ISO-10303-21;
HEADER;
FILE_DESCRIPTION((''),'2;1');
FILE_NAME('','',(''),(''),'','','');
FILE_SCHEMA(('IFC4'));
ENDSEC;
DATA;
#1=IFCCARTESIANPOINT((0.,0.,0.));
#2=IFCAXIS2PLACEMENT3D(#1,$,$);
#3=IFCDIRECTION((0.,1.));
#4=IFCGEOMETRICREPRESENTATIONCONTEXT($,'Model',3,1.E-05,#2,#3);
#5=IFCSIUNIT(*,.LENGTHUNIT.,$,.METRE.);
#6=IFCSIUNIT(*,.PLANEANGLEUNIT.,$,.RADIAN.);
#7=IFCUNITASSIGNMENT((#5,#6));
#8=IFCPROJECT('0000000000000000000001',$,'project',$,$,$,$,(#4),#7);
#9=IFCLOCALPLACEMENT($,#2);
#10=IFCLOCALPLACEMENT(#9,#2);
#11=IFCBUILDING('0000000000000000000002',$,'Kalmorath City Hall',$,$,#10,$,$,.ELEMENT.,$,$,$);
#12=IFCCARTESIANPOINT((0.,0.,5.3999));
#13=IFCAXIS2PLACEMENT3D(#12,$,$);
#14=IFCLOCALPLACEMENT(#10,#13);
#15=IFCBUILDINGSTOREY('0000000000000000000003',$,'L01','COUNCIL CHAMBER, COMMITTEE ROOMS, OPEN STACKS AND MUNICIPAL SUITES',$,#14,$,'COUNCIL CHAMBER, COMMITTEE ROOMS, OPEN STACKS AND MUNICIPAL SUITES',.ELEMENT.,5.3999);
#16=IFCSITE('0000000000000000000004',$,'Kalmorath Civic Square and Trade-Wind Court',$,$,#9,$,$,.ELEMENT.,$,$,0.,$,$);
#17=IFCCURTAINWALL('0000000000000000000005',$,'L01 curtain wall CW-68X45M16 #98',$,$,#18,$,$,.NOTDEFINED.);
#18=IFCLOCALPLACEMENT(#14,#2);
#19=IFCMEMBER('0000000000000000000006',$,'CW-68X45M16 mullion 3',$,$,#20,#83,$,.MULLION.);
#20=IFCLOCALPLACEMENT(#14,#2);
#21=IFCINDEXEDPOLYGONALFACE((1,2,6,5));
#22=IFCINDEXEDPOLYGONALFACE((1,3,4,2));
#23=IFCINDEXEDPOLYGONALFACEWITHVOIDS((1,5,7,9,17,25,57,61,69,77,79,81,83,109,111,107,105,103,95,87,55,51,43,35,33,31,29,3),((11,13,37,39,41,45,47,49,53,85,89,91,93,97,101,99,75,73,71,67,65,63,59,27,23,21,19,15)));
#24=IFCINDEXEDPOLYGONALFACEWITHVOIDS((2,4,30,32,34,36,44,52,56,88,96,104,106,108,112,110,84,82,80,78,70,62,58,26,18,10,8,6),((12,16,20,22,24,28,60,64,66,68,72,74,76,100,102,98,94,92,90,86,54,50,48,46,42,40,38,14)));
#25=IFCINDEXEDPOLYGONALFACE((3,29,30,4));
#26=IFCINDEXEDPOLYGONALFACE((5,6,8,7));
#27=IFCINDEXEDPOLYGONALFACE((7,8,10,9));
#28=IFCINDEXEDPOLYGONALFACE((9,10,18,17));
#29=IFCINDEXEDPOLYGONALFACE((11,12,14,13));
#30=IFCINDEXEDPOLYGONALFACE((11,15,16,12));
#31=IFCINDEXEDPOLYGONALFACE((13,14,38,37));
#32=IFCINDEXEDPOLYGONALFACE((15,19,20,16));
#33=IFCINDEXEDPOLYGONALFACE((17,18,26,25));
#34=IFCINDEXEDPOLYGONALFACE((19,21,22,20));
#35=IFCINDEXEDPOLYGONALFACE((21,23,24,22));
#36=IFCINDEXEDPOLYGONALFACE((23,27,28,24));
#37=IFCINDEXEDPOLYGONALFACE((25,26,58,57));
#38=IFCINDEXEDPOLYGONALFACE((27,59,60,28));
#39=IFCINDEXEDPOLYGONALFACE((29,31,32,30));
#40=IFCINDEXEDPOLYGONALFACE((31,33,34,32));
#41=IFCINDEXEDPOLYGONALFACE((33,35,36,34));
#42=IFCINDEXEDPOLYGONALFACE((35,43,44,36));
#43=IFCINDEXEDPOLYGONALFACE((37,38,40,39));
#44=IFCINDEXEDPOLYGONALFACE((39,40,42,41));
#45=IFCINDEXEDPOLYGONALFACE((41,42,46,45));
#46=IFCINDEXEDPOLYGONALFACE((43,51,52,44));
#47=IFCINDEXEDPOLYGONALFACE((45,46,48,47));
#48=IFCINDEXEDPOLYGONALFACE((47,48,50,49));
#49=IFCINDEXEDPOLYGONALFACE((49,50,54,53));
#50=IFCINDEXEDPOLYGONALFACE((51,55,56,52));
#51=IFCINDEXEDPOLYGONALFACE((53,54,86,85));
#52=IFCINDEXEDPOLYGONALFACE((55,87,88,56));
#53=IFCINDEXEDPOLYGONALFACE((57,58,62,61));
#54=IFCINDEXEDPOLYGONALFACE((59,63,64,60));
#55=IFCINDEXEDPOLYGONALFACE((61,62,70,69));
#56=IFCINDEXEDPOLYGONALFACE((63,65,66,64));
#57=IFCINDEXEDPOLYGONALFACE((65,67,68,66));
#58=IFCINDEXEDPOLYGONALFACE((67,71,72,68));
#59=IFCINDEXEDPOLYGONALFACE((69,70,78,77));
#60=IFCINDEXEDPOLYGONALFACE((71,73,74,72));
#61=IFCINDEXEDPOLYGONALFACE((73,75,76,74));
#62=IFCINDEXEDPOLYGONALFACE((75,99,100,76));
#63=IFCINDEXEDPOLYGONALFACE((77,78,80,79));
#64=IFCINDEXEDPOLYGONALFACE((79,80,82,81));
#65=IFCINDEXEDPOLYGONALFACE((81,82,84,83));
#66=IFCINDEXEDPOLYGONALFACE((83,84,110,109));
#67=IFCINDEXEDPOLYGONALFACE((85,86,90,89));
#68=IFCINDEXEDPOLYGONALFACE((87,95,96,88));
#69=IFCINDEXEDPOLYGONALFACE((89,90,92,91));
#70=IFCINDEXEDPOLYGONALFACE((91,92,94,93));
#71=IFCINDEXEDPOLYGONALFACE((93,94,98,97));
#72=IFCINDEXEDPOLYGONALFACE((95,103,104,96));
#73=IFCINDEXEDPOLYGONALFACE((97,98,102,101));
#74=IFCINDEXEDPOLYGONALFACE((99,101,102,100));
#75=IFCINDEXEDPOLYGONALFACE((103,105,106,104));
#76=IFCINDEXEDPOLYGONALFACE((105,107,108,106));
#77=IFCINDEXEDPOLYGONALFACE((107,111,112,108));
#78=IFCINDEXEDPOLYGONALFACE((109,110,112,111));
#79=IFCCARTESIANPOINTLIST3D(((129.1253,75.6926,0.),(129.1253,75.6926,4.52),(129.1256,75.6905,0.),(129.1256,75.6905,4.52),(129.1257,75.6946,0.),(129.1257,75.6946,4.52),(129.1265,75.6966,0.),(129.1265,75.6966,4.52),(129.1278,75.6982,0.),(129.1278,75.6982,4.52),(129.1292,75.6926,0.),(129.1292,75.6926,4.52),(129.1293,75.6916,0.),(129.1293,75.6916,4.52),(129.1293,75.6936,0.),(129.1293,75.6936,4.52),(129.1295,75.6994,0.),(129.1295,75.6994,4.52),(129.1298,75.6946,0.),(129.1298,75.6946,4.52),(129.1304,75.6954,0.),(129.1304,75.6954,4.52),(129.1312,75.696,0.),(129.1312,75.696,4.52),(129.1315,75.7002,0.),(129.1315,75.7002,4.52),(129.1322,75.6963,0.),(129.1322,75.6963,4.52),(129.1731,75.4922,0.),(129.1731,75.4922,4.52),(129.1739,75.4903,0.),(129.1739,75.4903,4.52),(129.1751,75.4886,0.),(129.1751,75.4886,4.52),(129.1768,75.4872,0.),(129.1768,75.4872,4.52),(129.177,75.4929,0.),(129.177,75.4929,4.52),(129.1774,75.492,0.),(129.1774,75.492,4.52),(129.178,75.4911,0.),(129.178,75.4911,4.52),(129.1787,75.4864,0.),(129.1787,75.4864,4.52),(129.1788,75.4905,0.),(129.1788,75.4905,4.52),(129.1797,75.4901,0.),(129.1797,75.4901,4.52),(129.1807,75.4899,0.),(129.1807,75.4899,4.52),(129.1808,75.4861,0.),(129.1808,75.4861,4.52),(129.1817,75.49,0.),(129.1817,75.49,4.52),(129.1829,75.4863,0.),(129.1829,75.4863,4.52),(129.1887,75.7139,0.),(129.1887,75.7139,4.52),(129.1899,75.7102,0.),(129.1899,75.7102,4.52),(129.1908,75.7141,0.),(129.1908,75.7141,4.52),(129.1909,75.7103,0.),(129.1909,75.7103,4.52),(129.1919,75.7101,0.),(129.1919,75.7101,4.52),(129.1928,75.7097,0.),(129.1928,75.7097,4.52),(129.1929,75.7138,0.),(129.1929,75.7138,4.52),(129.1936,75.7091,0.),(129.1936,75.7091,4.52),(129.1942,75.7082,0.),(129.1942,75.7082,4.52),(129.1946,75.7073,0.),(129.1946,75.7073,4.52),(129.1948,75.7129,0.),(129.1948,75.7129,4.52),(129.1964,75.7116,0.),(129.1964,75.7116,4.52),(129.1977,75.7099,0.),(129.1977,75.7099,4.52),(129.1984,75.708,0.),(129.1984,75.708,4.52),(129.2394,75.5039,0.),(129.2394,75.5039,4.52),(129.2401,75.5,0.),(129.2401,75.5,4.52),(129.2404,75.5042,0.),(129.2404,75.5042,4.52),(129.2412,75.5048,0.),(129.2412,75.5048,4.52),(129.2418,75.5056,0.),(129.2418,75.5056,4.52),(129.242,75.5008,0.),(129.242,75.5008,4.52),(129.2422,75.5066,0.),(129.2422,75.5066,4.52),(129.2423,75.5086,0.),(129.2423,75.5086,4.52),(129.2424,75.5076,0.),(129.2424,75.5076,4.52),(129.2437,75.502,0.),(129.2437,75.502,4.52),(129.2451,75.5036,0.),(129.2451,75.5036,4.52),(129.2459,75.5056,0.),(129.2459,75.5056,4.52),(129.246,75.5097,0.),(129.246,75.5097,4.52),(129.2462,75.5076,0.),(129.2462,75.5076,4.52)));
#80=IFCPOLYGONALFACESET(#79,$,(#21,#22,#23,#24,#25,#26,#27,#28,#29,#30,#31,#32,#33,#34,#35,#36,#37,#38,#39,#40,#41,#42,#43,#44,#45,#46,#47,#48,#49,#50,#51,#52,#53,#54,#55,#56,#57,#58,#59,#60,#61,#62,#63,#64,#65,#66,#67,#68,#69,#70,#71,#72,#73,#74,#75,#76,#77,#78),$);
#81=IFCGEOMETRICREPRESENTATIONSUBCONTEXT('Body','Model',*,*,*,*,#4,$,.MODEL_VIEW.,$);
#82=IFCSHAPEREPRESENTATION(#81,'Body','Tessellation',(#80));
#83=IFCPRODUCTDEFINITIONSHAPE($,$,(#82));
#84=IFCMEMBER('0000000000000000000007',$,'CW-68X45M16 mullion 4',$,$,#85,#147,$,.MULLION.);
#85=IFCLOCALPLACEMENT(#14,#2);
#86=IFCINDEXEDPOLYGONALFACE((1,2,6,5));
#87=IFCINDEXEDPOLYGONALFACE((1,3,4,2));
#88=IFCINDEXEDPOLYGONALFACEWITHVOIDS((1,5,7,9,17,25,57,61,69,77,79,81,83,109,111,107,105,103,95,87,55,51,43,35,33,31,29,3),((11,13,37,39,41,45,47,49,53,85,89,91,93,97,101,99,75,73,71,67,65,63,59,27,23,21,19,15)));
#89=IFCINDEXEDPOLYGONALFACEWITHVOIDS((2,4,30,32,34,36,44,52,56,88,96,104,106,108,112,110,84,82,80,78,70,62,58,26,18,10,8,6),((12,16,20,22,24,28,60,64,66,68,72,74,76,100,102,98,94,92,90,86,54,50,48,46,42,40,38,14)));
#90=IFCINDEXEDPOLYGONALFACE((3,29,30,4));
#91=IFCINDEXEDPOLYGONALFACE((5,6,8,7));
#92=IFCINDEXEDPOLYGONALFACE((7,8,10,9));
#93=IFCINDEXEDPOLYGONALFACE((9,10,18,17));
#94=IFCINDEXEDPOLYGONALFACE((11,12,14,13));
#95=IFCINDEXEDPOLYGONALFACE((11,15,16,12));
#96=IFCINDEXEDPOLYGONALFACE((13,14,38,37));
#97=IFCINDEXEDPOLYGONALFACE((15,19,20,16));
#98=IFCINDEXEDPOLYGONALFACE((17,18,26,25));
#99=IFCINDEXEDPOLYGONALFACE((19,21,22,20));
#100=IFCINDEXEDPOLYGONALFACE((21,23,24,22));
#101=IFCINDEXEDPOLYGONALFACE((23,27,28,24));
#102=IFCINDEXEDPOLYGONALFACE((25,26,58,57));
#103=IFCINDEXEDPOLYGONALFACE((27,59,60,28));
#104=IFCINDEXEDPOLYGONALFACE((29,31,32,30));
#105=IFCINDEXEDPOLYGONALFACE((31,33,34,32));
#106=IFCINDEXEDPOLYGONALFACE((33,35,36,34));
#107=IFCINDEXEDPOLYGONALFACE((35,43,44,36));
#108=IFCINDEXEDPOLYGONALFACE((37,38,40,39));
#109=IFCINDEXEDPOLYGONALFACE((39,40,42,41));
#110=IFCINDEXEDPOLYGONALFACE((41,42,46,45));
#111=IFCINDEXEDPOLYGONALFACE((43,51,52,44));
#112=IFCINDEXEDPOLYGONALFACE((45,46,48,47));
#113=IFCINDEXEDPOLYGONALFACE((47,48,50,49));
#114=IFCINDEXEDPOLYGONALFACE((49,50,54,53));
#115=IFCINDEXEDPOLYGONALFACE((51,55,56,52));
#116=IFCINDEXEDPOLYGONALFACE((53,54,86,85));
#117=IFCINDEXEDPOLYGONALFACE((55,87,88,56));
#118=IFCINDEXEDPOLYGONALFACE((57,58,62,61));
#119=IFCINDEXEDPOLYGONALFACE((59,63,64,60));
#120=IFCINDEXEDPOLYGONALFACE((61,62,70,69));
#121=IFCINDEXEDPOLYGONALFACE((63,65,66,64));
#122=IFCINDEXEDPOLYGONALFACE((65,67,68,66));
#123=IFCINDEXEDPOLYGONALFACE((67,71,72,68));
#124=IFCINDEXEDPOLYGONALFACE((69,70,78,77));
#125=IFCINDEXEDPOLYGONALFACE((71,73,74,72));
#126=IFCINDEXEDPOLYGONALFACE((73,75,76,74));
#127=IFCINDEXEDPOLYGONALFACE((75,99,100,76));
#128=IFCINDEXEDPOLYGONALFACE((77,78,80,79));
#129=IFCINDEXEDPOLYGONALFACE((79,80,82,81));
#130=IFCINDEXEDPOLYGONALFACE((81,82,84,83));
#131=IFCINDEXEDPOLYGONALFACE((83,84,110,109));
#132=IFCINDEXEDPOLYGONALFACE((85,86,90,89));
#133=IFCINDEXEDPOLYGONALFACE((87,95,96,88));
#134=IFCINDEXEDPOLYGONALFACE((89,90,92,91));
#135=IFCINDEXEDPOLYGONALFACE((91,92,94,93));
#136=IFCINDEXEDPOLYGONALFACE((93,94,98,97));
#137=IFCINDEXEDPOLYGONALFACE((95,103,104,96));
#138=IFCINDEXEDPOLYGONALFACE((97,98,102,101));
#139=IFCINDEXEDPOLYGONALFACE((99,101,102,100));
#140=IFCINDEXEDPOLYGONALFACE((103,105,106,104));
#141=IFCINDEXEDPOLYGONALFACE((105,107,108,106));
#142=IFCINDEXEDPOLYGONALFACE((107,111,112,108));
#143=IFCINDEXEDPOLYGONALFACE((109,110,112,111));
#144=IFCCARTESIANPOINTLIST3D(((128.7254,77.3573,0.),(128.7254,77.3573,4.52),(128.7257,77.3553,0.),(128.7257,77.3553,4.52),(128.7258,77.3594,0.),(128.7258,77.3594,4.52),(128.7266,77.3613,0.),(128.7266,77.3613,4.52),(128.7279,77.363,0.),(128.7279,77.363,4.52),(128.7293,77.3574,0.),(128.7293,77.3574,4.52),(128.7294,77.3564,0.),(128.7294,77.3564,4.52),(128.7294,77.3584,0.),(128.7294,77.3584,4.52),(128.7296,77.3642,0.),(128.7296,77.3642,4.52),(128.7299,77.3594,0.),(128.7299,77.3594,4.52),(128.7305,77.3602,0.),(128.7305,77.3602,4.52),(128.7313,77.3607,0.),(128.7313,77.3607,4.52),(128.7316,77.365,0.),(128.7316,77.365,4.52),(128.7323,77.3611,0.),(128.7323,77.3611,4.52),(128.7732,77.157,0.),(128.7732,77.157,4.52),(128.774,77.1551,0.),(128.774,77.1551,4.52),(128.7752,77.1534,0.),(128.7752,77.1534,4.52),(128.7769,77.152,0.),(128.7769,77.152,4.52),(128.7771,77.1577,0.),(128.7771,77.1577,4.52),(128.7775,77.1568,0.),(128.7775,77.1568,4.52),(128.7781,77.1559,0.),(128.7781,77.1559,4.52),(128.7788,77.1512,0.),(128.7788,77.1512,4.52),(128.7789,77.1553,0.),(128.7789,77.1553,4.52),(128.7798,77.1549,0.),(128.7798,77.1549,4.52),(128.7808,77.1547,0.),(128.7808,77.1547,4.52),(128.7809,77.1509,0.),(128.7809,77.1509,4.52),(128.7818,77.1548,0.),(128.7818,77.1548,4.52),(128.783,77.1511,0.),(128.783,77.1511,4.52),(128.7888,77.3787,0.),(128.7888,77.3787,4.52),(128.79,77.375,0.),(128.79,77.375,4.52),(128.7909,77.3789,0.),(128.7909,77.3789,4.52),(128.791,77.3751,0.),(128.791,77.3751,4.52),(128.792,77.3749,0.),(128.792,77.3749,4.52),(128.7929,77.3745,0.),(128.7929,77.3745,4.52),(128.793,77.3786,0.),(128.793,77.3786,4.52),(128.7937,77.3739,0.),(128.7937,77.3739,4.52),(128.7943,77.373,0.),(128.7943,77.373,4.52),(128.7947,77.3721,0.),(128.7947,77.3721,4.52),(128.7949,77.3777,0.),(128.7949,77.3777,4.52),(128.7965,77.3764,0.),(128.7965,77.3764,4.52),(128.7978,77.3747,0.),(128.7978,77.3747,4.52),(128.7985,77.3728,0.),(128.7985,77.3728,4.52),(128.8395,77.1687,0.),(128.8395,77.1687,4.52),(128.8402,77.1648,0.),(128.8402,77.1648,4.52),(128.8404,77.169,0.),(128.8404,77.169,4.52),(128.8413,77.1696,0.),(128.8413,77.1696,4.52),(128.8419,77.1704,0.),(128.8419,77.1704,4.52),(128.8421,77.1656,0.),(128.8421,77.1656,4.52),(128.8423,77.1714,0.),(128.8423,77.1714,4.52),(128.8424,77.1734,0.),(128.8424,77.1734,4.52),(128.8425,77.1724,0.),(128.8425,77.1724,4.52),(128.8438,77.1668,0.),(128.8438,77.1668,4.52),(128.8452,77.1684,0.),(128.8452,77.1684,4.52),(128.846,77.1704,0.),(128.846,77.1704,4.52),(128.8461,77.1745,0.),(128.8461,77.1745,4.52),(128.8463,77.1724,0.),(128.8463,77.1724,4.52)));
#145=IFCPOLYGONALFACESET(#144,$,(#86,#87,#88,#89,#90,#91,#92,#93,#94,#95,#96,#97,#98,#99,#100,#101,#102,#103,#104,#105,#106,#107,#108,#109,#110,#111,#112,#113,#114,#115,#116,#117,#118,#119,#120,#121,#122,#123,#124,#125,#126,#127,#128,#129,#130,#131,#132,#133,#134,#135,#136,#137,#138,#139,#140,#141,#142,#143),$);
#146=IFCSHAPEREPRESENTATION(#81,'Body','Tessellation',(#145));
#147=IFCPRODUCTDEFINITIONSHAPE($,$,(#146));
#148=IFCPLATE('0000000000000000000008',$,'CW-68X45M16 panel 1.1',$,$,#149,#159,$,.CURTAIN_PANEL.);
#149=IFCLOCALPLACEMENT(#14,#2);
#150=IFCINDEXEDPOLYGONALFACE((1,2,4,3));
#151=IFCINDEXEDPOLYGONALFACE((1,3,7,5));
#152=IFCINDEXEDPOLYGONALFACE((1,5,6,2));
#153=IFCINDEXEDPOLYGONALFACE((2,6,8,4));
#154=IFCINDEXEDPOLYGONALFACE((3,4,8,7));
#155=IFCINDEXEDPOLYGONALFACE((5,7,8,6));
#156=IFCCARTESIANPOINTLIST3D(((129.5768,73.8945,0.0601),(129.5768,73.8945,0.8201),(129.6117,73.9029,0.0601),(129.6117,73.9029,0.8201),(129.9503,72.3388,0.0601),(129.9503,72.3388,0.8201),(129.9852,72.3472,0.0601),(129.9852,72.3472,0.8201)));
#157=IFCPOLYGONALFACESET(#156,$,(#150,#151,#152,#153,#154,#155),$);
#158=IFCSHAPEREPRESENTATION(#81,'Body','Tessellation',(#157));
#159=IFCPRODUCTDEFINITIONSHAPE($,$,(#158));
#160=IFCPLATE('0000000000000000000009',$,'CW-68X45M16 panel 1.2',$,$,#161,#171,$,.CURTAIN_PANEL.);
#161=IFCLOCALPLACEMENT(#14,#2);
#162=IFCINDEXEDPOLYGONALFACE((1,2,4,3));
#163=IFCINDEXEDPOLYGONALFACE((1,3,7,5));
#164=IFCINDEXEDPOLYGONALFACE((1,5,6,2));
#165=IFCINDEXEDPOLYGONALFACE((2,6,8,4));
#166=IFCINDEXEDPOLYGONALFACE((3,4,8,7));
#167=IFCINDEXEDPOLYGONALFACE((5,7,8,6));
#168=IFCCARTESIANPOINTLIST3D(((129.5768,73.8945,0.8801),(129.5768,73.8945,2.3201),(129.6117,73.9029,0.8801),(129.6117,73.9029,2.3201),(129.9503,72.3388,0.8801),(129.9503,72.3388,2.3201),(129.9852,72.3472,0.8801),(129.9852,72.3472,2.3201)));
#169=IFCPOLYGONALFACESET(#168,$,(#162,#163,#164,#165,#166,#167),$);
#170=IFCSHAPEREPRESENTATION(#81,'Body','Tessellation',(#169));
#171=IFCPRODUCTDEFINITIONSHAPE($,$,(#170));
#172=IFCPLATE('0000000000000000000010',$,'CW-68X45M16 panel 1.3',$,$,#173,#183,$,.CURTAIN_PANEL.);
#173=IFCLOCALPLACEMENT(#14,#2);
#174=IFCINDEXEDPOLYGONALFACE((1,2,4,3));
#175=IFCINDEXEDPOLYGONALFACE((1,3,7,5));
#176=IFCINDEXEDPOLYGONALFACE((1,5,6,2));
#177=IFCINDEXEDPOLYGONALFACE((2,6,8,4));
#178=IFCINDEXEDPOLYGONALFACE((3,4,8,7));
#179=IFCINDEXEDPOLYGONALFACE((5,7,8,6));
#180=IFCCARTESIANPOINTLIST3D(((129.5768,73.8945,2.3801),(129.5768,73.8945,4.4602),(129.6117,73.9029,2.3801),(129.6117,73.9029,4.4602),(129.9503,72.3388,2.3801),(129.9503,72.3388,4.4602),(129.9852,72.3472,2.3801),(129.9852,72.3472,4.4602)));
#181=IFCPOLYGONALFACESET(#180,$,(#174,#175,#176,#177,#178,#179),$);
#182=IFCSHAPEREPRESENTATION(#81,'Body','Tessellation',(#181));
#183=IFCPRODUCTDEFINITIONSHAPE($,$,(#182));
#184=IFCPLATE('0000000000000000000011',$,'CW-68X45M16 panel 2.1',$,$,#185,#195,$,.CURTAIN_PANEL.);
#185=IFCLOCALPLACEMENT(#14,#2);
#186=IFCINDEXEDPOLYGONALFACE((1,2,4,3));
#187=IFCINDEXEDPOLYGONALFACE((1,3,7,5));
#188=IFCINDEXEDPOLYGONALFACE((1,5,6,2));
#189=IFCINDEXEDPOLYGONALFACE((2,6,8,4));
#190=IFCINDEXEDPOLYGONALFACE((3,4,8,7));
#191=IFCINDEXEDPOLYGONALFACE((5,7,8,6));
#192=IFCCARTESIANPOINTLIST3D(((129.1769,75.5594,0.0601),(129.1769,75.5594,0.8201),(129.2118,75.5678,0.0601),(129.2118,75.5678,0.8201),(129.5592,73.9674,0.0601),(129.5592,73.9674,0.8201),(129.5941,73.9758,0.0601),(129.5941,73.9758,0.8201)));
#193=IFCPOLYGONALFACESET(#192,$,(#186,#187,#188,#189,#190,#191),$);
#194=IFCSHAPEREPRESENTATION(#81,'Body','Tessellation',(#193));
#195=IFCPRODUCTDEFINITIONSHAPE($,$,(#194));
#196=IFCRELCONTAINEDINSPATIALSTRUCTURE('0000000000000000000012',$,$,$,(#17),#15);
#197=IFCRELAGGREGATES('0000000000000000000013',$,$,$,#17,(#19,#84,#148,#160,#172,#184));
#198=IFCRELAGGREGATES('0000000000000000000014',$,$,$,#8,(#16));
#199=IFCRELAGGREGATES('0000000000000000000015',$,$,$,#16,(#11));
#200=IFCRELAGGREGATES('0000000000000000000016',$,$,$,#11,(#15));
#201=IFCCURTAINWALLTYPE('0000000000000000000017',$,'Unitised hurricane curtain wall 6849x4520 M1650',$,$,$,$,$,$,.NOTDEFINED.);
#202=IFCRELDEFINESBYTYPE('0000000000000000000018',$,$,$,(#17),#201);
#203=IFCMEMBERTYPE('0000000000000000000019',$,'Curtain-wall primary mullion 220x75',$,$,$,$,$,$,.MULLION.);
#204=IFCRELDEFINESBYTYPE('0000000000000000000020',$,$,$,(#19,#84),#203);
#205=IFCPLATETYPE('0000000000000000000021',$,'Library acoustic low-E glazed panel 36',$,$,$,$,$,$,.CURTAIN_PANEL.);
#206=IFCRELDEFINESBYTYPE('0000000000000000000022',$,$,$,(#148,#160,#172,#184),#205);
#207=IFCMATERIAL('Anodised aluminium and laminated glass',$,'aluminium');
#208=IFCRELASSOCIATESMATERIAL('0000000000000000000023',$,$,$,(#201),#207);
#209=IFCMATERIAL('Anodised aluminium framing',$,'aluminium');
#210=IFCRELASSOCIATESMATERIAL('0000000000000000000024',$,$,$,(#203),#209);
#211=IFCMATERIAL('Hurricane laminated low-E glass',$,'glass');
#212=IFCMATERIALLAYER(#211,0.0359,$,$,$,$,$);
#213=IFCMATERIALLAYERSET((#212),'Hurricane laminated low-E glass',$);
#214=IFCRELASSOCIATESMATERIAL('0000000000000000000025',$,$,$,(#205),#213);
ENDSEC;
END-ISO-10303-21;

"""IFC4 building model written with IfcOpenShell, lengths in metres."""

from ifc_helpers import new_model, si_unit, direction, frame, origin, origin_2d, place, context, subcontext, project, spatial, rectangle, hollow_rectangle, extrude, material, layer, layer_set, material_profile, profile_set, type_object, element, aggregate, save


model = new_model("IFC4")

# Units and contexts
model_context = context("Model", 3, precision=1e-05, world=origin(), true_north=direction((0.0, 1.0)))
body_context = subcontext(model_context, "Body", "Model", "MODEL_VIEW")
ifc_project = project(units=[si_unit("LENGTHUNIT", "METRE"), si_unit("PLANEANGLEUNIT", "RADIAN")], contexts=[model_context])

# Site, building, storey
site_placement = place(None, origin())
site = spatial("IfcSite", under=ifc_project, at=site_placement, Name="Kalmorath Civic Square and Trade-Wind Court", CompositionType="ELEMENT", RefElevation=0.0)
building_placement = place(site_placement, origin())
building = spatial("IfcBuilding", under=site, at=building_placement, Name="Kalmorath City Hall", CompositionType="ELEMENT")
storey_placement = place(building_placement, frame((0.0, 0.0, 5.3999)))
storey = spatial("IfcBuildingStorey", under=building, at=storey_placement, Name="L01", Description="COUNCIL CHAMBER, COMMITTEE ROOMS, OPEN STACKS AND MUNICIPAL SUITES", LongName="COUNCIL CHAMBER, COMMITTEE ROOMS, OPEN STACKS AND MUNICIPAL SUITES", CompositionType="ELEMENT", Elevation=5.3999)

# Curtain wall, members, plates
ifc_material_1 = material(Name="Anodised aluminium and laminated glass", Category="aluminium")
curtain_wall_type = type_object("IfcCurtainWallType", Name="Unitised hurricane curtain wall 6849x4520 M1650", PredefinedType="NOTDEFINED", material=ifc_material_1)
curtain_wall_placement = place(storey_placement, origin())
curtain_wall = element("IfcCurtainWall", 1, at=curtain_wall_placement, inside=storey, type_object=curtain_wall_type, Name="L01 curtain wall CW-68X45M16 #98", PredefinedType="NOTDEFINED")
ifc_material_2 = material(Name="Anodised aluminium framing", Category="aluminium")
ifc_material_profile_1 = material_profile(ifc_material_2, hollow_rectangle(XDim=0.075, YDim=0.22, WallThickness=0.0039, InnerFilletRadius=0.0039, OuterFilletRadius=0.0081, at=origin_2d()), Name="ALU-MUL-220X75X4")
ifc_profile_set_1 = profile_set([ifc_material_profile_1], Name="Anodised aluminium framing")
member_type_1 = type_object("IfcMemberType", Name="Curtain-wall primary mullion 220x75", PredefinedType="MULLION", material=ifc_profile_set_1)
member_1_placement = place(storey_placement, frame((129.1858, 75.6001, 0.0), z_axis=(0.0, 0.0, 1.0), x_axis=(-0.972367, -0.233456, 0.0)))
member_1 = element("IfcMember", 2, at=member_1_placement, type_object=member_type_1, Name="CW-68X45M16 mullion 3", PredefinedType="MULLION", context=body_context, shape_type="SweptSolid", body=[
    extrude(hollow_rectangle(XDim=0.075, YDim=0.22, WallThickness=0.0039, InnerFilletRadius=0.0039, OuterFilletRadius=0.0081, at=origin_2d()), origin(), (0.0, 0.0, 1.0), 4.52),
])
member_2_placement = place(storey_placement, frame((128.7859, 77.2649, 0.0), z_axis=(0.0, 0.0, 1.0), x_axis=(-0.972367, -0.233456, 0.0)))
member_2 = element("IfcMember", 3, at=member_2_placement, type_object=member_type_1, Name="CW-68X45M16 mullion 4", PredefinedType="MULLION", context=body_context, shape_type="SweptSolid", body=[
    extrude(hollow_rectangle(XDim=0.075, YDim=0.22, WallThickness=0.0039, InnerFilletRadius=0.0039, OuterFilletRadius=0.0081, at=origin_2d()), origin(), (0.0, 0.0, 1.0), 4.52),
])
ifc_material_3 = material(Name="Hurricane laminated low-E glass", Category="glass")
ifc_layer_1 = layer(ifc_material_3, 0.0359)
ifc_layer_set_1 = layer_set([ifc_layer_1], Name="Hurricane laminated low-E glass")
plate_type = type_object("IfcPlateType", Name="Library acoustic low-E glazed panel 36", PredefinedType="CURTAIN_PANEL", material=ifc_layer_set_1)
plate_1_placement = place(storey_placement, frame((129.781, 73.1208, 0.0601), z_axis=(0.0, 0.0, 1.0), x_axis=(-0.233456, 0.972367, 0.0)))
plate_1 = element("IfcPlate", 4, at=plate_1_placement, type_object=plate_type, Name="CW-68X45M16 panel 1.1", PredefinedType="CURTAIN_PANEL", context=body_context, shape_type="SweptSolid", body=[
    extrude(rectangle(XDim=1.5999, YDim=0.0359, at=origin_2d()), origin(), (0.0, 0.0, 1.0), 0.76),
])
plate_2_placement = place(storey_placement, frame((129.781, 73.1208, 0.8801), z_axis=(0.0, 0.0, 1.0), x_axis=(-0.233456, 0.972367, 0.0)))
plate_2 = element("IfcPlate", 5, at=plate_2_placement, type_object=plate_type, Name="CW-68X45M16 panel 1.2", PredefinedType="CURTAIN_PANEL", context=body_context, shape_type="SweptSolid", body=[
    extrude(rectangle(XDim=1.5999, YDim=0.0359, at=origin_2d()), origin(), (0.0, 0.0, 1.0), 1.4399),
])
plate_3_placement = place(storey_placement, frame((129.781, 73.1208, 2.3801), z_axis=(0.0, 0.0, 1.0), x_axis=(-0.233456, 0.972367, 0.0)))
plate_3 = element("IfcPlate", 6, at=plate_3_placement, type_object=plate_type, Name="CW-68X45M16 panel 1.3", PredefinedType="CURTAIN_PANEL", context=body_context, shape_type="SweptSolid", body=[
    extrude(rectangle(XDim=1.5999, YDim=0.0359, at=origin_2d()), origin(), (0.0, 0.0, 1.0), 2.0801),
])
plate_4_placement = place(storey_placement, frame((129.3855, 74.7676, 0.0601), z_axis=(0.0, 0.0, 1.0), x_axis=(-0.233456, 0.972367, 0.0)))
plate_4 = element("IfcPlate", 7, at=plate_4_placement, type_object=plate_type, Name="CW-68X45M16 panel 2.1", PredefinedType="CURTAIN_PANEL", context=body_context, shape_type="SweptSolid", body=[
    extrude(rectangle(XDim=1.6372, YDim=0.0359, at=origin_2d()), origin(), (0.0, 0.0, 1.0), 0.76),
])
aggregate(curtain_wall, [member_1, member_2, plate_1, plate_2, plate_3, plate_4])

save(model, "model.ifc")
